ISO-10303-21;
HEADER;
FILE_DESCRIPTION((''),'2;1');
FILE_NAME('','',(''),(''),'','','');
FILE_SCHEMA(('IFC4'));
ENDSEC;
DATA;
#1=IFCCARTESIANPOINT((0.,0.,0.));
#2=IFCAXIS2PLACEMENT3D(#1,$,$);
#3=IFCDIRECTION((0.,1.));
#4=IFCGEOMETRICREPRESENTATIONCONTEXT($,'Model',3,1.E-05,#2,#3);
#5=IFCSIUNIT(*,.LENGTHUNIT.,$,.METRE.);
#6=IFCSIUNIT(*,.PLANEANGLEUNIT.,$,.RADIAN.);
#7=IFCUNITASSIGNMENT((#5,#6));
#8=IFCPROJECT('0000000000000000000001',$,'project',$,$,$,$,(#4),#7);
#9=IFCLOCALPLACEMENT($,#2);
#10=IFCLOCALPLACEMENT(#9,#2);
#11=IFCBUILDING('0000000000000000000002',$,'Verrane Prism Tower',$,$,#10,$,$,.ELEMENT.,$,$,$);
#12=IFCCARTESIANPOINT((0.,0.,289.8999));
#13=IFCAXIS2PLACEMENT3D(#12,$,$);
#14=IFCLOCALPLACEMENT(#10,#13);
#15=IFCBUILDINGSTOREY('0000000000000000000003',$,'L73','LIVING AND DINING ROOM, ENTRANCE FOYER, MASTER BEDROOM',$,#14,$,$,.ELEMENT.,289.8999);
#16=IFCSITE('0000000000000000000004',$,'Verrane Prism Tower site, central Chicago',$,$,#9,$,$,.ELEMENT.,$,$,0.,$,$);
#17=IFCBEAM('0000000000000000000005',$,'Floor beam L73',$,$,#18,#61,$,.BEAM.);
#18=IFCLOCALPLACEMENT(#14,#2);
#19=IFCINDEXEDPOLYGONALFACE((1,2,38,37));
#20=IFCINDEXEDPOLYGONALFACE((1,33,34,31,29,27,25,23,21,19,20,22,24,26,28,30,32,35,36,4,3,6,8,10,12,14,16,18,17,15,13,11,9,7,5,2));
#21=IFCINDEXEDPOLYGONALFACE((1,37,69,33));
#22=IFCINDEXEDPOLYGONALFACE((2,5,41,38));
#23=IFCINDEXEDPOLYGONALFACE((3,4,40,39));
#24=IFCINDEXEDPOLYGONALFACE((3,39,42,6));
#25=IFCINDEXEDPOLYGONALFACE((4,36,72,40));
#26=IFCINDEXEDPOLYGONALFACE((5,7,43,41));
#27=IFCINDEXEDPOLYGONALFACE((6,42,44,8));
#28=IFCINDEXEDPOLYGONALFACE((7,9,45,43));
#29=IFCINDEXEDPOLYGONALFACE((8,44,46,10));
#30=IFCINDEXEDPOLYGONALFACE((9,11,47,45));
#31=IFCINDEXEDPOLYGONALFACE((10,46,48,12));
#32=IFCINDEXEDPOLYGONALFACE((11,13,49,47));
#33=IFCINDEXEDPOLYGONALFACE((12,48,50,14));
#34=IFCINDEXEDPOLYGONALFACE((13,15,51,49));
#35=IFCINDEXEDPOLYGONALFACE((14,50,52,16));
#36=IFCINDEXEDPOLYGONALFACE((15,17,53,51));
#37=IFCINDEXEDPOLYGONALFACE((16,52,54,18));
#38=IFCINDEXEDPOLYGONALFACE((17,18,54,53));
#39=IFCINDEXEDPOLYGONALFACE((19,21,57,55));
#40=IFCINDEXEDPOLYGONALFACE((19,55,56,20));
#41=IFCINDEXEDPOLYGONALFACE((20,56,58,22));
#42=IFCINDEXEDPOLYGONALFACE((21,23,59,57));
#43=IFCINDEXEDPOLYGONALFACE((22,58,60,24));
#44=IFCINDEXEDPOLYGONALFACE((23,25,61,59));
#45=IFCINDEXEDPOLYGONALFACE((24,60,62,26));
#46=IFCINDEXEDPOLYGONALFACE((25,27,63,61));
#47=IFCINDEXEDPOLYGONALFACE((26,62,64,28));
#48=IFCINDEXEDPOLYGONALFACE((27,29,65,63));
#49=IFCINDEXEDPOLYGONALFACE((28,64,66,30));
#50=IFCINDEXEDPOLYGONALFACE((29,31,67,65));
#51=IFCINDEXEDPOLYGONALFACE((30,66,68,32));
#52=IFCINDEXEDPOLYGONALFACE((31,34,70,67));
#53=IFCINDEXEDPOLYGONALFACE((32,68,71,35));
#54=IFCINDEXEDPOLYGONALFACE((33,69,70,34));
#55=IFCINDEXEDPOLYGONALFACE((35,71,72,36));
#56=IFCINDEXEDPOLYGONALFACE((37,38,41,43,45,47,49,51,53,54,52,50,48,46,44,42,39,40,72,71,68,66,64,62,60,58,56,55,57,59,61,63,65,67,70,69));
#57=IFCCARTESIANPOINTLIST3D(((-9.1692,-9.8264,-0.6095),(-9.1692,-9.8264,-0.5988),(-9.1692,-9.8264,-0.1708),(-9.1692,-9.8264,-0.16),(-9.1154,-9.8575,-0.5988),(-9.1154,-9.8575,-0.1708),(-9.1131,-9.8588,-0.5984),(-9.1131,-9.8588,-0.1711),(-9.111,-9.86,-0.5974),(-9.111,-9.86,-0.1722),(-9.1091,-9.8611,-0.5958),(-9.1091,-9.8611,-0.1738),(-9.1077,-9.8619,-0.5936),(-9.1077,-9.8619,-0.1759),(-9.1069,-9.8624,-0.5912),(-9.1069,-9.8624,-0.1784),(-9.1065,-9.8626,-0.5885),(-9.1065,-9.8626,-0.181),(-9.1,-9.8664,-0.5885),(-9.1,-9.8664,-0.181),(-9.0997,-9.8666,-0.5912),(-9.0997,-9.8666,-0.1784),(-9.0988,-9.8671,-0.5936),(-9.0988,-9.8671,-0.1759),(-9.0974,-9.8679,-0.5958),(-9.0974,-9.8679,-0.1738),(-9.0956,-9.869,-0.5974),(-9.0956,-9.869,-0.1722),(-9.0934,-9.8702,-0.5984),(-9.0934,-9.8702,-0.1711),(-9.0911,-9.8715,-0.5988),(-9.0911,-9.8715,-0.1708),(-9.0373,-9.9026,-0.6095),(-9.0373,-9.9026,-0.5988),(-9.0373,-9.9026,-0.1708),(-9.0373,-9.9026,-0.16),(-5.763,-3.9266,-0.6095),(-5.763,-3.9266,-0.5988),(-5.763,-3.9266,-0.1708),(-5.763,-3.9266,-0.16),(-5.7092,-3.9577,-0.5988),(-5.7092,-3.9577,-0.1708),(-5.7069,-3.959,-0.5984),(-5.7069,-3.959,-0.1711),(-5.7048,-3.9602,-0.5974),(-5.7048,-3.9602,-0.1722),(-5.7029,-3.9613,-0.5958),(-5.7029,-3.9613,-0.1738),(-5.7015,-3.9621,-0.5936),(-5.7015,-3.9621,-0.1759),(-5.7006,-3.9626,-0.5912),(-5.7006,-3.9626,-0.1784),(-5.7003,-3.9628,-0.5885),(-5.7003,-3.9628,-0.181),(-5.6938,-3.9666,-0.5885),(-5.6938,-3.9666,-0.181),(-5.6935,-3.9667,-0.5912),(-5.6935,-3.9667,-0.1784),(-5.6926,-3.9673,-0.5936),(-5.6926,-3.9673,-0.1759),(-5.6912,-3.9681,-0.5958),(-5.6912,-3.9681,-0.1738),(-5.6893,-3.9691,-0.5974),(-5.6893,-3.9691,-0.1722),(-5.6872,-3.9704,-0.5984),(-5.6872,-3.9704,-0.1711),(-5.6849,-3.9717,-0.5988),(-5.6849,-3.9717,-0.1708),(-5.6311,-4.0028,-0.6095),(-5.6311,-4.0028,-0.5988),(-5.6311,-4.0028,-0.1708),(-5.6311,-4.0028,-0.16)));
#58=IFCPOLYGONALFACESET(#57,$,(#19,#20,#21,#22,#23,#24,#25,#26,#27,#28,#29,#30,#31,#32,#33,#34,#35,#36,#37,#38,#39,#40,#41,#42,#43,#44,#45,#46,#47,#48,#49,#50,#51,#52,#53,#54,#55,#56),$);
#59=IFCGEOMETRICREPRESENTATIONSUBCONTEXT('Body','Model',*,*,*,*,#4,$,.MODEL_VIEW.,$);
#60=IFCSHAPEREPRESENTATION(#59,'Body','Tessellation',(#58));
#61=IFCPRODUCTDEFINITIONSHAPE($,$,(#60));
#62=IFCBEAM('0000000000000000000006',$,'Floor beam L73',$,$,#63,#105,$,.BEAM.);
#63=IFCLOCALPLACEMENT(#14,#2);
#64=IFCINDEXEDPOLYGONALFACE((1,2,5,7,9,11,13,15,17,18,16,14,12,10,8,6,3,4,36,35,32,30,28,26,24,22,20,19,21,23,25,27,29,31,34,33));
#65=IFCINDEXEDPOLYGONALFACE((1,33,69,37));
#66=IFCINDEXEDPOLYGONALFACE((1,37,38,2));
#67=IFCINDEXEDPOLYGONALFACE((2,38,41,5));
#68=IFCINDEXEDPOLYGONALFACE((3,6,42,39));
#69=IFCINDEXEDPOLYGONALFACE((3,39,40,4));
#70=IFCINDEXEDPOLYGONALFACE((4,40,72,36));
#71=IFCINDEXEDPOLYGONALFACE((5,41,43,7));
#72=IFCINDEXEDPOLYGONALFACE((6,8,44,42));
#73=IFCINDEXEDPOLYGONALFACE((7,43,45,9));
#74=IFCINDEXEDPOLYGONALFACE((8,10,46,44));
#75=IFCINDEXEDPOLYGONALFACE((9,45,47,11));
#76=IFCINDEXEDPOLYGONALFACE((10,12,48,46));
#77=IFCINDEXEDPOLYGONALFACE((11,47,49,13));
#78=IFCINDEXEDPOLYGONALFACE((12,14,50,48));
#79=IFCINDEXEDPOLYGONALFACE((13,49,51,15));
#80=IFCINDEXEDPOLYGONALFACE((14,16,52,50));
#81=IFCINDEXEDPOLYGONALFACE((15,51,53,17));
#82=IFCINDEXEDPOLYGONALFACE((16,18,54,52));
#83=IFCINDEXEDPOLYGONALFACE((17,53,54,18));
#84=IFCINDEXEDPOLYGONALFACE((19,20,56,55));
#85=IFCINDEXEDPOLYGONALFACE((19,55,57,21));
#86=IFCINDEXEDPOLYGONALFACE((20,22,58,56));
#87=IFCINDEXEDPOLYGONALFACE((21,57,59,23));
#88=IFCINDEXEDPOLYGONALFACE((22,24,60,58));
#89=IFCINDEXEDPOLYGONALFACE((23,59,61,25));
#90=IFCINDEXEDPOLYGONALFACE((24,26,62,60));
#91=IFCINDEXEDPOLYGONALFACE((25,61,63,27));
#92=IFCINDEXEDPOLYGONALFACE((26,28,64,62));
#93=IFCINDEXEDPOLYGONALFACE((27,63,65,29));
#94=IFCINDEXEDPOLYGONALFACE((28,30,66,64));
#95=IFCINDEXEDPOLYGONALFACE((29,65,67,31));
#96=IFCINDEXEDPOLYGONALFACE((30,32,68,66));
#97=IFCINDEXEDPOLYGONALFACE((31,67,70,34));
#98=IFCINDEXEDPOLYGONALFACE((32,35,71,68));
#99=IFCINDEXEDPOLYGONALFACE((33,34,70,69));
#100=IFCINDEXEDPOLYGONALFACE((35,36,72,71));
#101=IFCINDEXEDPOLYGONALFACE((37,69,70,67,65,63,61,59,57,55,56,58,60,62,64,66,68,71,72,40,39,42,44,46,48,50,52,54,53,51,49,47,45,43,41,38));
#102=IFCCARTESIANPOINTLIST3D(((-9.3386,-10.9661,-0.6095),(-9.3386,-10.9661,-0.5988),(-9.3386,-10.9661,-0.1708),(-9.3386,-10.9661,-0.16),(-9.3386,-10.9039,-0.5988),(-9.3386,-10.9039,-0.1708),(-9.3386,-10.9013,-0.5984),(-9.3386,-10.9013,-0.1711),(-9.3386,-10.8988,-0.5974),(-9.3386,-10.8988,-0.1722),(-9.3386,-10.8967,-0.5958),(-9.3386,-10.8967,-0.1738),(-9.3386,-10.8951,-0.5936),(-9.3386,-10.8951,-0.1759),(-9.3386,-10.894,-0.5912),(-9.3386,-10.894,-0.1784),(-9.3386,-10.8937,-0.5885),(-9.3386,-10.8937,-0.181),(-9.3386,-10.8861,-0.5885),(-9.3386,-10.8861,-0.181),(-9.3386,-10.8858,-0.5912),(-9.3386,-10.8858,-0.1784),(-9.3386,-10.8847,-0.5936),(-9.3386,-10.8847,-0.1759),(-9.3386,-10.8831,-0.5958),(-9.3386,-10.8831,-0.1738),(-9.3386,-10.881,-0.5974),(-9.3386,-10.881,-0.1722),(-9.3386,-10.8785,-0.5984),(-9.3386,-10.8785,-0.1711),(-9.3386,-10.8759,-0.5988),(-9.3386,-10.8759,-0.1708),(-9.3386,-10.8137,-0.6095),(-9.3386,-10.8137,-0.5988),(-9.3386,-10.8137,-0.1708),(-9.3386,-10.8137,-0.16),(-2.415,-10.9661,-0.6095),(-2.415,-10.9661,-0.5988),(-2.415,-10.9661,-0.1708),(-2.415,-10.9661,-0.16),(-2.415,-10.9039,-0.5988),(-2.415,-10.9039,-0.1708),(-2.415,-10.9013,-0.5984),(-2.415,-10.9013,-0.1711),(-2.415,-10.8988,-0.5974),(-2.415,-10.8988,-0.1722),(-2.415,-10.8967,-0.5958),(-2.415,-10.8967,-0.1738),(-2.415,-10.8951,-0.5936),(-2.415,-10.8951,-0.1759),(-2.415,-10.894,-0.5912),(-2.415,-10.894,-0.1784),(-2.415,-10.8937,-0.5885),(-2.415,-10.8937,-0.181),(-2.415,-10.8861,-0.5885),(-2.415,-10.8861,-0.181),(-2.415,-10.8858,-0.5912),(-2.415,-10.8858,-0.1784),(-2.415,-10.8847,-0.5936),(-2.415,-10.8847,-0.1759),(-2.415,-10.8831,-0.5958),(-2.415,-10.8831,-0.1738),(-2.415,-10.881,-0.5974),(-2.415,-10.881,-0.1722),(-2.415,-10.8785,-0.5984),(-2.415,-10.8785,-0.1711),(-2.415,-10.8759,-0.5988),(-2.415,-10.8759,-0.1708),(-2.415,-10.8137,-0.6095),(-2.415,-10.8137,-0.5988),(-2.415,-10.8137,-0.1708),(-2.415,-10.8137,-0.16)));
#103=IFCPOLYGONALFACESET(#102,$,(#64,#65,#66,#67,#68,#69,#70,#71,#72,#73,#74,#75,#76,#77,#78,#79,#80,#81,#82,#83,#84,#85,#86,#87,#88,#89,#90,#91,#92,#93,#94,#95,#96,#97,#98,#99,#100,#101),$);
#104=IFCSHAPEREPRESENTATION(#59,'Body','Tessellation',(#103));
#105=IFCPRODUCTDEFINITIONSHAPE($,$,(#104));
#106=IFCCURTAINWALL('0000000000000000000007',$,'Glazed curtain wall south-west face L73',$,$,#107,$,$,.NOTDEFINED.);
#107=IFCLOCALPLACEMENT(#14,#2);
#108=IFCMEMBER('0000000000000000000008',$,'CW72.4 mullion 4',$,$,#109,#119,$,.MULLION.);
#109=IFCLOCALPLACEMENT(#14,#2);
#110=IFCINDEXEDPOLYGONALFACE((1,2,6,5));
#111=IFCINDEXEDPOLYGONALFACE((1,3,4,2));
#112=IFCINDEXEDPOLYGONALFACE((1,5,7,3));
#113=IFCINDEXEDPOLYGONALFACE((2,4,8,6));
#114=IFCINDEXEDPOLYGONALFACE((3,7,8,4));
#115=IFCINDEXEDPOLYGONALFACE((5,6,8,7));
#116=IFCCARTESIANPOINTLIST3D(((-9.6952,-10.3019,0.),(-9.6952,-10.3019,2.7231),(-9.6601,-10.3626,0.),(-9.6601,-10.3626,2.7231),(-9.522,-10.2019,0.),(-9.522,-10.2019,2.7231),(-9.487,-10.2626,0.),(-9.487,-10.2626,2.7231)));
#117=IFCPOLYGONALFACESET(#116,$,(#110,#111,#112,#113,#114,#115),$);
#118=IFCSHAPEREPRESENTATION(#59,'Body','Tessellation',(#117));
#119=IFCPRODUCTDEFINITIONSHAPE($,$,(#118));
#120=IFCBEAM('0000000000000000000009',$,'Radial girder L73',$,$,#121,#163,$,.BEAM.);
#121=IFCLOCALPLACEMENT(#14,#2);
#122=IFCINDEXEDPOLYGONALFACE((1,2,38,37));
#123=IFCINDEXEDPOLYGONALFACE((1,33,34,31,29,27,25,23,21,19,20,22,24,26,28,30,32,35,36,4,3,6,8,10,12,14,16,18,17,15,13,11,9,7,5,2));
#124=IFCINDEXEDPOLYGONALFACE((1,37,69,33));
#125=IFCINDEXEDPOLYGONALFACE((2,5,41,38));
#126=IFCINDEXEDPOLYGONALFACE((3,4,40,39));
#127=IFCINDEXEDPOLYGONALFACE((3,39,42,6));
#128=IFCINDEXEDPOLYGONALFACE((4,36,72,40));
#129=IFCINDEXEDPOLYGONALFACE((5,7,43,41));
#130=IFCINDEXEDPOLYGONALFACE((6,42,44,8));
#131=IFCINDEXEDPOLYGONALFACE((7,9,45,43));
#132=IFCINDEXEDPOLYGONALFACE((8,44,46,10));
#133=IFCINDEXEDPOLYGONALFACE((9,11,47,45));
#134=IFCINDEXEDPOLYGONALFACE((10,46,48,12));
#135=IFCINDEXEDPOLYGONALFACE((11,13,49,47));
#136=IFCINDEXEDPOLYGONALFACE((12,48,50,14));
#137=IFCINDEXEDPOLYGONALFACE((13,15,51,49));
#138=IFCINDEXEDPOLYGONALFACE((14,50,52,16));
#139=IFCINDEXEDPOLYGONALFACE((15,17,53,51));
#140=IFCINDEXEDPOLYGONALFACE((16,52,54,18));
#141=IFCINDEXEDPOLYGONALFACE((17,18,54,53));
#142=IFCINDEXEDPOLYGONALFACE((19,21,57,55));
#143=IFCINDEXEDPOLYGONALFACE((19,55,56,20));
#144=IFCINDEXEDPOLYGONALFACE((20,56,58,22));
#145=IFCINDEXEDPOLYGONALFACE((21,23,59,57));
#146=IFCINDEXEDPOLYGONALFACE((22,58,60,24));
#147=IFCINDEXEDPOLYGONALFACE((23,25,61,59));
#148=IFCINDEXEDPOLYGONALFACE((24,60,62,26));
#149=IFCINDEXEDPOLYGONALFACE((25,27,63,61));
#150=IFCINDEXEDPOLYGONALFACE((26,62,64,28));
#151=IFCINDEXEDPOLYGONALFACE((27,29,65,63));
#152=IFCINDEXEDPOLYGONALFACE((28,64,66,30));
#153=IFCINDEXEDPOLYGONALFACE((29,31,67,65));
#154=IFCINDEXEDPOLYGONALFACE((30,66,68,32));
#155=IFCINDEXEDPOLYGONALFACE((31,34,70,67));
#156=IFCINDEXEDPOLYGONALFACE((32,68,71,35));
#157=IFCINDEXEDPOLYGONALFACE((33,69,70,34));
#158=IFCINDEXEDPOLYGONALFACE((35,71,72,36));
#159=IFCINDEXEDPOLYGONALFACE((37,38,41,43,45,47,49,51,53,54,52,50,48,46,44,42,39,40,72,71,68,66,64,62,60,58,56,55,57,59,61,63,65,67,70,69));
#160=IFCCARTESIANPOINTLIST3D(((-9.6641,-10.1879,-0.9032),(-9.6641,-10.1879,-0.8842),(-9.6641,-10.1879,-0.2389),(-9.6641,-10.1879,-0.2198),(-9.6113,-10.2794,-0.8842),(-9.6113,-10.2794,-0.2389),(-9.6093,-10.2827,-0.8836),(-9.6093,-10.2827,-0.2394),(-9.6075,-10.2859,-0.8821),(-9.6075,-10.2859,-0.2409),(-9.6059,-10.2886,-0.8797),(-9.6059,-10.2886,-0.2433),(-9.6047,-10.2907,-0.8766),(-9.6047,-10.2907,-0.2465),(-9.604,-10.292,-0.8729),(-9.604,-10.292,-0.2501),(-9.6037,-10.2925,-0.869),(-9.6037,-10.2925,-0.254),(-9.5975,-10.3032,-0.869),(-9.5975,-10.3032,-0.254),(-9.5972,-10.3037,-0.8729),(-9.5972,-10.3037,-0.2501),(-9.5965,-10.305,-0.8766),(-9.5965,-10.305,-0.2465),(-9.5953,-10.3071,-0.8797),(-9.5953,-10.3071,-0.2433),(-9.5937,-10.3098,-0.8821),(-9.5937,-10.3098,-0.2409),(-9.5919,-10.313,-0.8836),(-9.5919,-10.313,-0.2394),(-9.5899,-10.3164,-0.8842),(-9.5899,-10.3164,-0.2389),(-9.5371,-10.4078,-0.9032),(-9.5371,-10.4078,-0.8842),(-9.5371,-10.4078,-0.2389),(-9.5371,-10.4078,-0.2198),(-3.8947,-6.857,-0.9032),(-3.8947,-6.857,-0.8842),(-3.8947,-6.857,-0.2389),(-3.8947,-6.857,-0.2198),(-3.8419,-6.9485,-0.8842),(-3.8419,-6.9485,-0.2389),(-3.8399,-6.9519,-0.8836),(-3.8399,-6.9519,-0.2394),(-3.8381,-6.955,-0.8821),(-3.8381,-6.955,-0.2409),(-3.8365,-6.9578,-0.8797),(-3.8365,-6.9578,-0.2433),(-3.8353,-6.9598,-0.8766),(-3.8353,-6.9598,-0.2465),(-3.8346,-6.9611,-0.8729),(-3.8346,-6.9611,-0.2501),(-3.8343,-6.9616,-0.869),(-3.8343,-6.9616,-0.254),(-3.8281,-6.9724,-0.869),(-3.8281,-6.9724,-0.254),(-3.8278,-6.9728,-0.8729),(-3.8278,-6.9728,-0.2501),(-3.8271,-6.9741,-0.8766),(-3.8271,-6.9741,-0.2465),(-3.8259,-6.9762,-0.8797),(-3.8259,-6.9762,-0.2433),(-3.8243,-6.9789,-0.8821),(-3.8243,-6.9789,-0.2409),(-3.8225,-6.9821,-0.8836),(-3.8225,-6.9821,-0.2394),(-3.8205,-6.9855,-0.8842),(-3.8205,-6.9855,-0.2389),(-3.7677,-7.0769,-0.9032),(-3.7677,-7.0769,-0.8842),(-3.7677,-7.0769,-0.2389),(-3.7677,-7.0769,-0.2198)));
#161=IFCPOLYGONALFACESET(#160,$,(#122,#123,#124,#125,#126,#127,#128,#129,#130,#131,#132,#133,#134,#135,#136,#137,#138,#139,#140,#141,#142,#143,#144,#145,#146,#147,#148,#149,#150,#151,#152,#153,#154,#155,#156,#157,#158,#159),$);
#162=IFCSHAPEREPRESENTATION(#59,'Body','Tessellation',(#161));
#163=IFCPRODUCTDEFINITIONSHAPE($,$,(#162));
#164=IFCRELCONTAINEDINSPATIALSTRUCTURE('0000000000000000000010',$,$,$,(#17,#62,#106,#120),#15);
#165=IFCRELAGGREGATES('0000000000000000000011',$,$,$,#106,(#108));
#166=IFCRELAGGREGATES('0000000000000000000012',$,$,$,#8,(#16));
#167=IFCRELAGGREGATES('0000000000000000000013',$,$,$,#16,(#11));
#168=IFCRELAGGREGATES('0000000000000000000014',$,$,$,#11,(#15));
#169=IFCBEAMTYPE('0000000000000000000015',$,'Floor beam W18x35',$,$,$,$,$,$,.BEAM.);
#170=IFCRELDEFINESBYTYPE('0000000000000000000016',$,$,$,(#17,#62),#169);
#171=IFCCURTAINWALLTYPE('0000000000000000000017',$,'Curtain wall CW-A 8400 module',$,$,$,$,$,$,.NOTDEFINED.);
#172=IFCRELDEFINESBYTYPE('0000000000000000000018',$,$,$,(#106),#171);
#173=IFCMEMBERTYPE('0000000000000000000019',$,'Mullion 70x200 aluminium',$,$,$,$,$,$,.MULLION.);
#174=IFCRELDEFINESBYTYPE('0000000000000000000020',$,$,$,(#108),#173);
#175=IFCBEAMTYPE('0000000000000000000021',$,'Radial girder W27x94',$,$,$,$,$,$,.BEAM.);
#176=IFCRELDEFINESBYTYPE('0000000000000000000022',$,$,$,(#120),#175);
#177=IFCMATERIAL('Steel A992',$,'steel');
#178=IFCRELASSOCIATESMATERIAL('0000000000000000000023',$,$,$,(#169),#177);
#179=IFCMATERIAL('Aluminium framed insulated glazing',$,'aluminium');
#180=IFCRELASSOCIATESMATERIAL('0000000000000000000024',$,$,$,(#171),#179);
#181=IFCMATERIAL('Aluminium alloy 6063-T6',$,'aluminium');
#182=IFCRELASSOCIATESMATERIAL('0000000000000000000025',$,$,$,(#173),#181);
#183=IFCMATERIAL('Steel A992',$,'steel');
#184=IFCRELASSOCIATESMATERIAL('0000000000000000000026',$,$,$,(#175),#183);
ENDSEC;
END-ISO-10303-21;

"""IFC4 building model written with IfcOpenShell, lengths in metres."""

from ifc_helpers import new_model, si_unit, direction, frame, origin, origin_2d, place, context, subcontext, project, spatial, rectangle, i_section, extrude, material, material_profile, profile_set, type_object, element, aggregate, save


model = new_model("IFC4")

# Units and contexts
model_context = context("Model", 3, precision=1e-05, world=origin(), true_north=direction((0.0, 1.0)))
body_context = subcontext(model_context, "Body", "Model", "MODEL_VIEW")
ifc_project = project(units=[si_unit("LENGTHUNIT", "METRE"), si_unit("PLANEANGLEUNIT", "RADIAN")], contexts=[model_context])

# Site, building, storey
site_placement = place(None, origin())
site = spatial("IfcSite", under=ifc_project, at=site_placement, Name="Verrane Prism Tower site, central Chicago", CompositionType="ELEMENT", RefElevation=0.0)
building_placement = place(site_placement, origin())
building = spatial("IfcBuilding", under=site, at=building_placement, Name="Verrane Prism Tower", CompositionType="ELEMENT")
storey_placement = place(building_placement, frame((0.0, 0.0, 289.8999)))
storey = spatial("IfcBuildingStorey", under=building, at=storey_placement, Name="L73", Description="LIVING AND DINING ROOM, ENTRANCE FOYER, MASTER BEDROOM", CompositionType="ELEMENT", Elevation=289.8999)

# Beams
ifc_material_1 = material(Name="Steel A992", Category="steel")
ifc_material_profile_1 = material_profile(ifc_material_1, i_section(OverallWidth=0.1523, OverallDepth=0.4495, WebThickness=0.0076, FlangeThickness=0.0107, FilletRadius=0.0103, at=origin_2d()), Name="W18x35")
ifc_profile_set_1 = profile_set([ifc_material_profile_1], Name="Steel A992")
beam_type_1 = type_object("IfcBeamType", Name="Floor beam W18x35", PredefinedType="BEAM", material=ifc_profile_set_1)
beam_1_placement = place(storey_placement, frame((-9.1033, -9.8645, -0.3848), z_axis=(0.499993, 0.866029, 0.0), x_axis=(-0.866029, 0.499993, 0.0)))
element("IfcBeam", 1, at=beam_1_placement, inside=storey, type_object=beam_type_1, Name="Floor beam L73", PredefinedType="BEAM", context=body_context, shape_type="SweptSolid", body=[
    extrude(i_section(OverallWidth=0.1523, OverallDepth=0.4495, WebThickness=0.0076, FlangeThickness=0.0107, FilletRadius=0.0103, at=origin_2d()), origin(), (0.0, 0.0, 1.0), 6.8125),
])
beam_2_placement = place(storey_placement, frame((-9.3386, -10.8899, -0.3848), z_axis=(1.0, 0.0, 0.0), x_axis=(0.0, 1.0, 0.0)))
element("IfcBeam", 2, at=beam_2_placement, inside=storey, type_object=beam_type_1, Name="Floor beam L73", PredefinedType="BEAM", context=body_context, shape_type="SweptSolid", body=[
    extrude(i_section(OverallWidth=0.1523, OverallDepth=0.4495, WebThickness=0.0076, FlangeThickness=0.0107, FilletRadius=0.0103, at=origin_2d()), origin(), (0.0, 0.0, 1.0), 6.9236),
])

# Curtain wall, member
ifc_material_2 = material(Name="Aluminium framed insulated glazing", Category="aluminium")
curtain_wall_type = type_object("IfcCurtainWallType", Name="Curtain wall CW-A 8400 module", PredefinedType="NOTDEFINED", material=ifc_material_2)
curtain_wall_placement = place(storey_placement, origin())
curtain_wall = element("IfcCurtainWall", 3, at=curtain_wall_placement, inside=storey, type_object=curtain_wall_type, Name="Glazed curtain wall south-west face L73", PredefinedType="NOTDEFINED")
ifc_material_3 = material(Name="Aluminium alloy 6063-T6", Category="aluminium")
ifc_material_profile_2 = material_profile(ifc_material_3, rectangle(XDim=0.2, YDim=0.0701, at=origin_2d()), Name="Mullion 70x200 aluminium")
ifc_profile_set_2 = profile_set([ifc_material_profile_2], Name="Aluminium alloy 6063-T6")
member_type_1 = type_object("IfcMemberType", Name="Mullion 70x200 aluminium", PredefinedType="MULLION", material=ifc_profile_set_2)
member_1_placement = place(storey_placement, frame((-9.5911, -10.2822, 0.0), z_axis=(0.0, 0.0, 1.0), x_axis=(0.866025, 0.500001, 0.0)))
member_1 = element("IfcMember", 4, at=member_1_placement, type_object=member_type_1, Name="CW72.4 mullion 4", PredefinedType="MULLION", context=body_context, shape_type="SweptSolid", body=[
    extrude(rectangle(XDim=0.2, YDim=0.0701, at=origin_2d()), origin(), (0.0, 0.0, 1.0), 2.7231),
])

# Beam
ifc_material_4 = material(Name="Steel A992", Category="steel")
ifc_material_profile_3 = material_profile(ifc_material_4, i_section(OverallWidth=0.2539, OverallDepth=0.6833, WebThickness=0.0125, FlangeThickness=0.019, FilletRadius=0.0151, at=origin_2d()), Name="W27x94")
ifc_profile_set_3 = profile_set([ifc_material_profile_3], Name="Steel A992")
beam_type_2 = type_object("IfcBeamType", Name="Radial girder W27x94", PredefinedType="BEAM", material=ifc_profile_set_3)
beam_3_placement = place(storey_placement, frame((-9.6006, -10.2979, -0.5615), z_axis=(0.866031, 0.49999, 0.0), x_axis=(-0.49999, 0.866031, 0.0)))
element("IfcBeam", 5, at=beam_3_placement, inside=storey, type_object=beam_type_2, Name="Radial girder L73", PredefinedType="BEAM", context=body_context, shape_type="SweptSolid", body=[
    extrude(i_section(OverallWidth=0.2539, OverallDepth=0.6833, WebThickness=0.0125, FlangeThickness=0.019, FilletRadius=0.0151, at=origin_2d()), origin(), (0.0, 0.0, 1.0), 6.6619),
])

aggregate(curtain_wall, [member_1])

save(model, "model.ifc")
